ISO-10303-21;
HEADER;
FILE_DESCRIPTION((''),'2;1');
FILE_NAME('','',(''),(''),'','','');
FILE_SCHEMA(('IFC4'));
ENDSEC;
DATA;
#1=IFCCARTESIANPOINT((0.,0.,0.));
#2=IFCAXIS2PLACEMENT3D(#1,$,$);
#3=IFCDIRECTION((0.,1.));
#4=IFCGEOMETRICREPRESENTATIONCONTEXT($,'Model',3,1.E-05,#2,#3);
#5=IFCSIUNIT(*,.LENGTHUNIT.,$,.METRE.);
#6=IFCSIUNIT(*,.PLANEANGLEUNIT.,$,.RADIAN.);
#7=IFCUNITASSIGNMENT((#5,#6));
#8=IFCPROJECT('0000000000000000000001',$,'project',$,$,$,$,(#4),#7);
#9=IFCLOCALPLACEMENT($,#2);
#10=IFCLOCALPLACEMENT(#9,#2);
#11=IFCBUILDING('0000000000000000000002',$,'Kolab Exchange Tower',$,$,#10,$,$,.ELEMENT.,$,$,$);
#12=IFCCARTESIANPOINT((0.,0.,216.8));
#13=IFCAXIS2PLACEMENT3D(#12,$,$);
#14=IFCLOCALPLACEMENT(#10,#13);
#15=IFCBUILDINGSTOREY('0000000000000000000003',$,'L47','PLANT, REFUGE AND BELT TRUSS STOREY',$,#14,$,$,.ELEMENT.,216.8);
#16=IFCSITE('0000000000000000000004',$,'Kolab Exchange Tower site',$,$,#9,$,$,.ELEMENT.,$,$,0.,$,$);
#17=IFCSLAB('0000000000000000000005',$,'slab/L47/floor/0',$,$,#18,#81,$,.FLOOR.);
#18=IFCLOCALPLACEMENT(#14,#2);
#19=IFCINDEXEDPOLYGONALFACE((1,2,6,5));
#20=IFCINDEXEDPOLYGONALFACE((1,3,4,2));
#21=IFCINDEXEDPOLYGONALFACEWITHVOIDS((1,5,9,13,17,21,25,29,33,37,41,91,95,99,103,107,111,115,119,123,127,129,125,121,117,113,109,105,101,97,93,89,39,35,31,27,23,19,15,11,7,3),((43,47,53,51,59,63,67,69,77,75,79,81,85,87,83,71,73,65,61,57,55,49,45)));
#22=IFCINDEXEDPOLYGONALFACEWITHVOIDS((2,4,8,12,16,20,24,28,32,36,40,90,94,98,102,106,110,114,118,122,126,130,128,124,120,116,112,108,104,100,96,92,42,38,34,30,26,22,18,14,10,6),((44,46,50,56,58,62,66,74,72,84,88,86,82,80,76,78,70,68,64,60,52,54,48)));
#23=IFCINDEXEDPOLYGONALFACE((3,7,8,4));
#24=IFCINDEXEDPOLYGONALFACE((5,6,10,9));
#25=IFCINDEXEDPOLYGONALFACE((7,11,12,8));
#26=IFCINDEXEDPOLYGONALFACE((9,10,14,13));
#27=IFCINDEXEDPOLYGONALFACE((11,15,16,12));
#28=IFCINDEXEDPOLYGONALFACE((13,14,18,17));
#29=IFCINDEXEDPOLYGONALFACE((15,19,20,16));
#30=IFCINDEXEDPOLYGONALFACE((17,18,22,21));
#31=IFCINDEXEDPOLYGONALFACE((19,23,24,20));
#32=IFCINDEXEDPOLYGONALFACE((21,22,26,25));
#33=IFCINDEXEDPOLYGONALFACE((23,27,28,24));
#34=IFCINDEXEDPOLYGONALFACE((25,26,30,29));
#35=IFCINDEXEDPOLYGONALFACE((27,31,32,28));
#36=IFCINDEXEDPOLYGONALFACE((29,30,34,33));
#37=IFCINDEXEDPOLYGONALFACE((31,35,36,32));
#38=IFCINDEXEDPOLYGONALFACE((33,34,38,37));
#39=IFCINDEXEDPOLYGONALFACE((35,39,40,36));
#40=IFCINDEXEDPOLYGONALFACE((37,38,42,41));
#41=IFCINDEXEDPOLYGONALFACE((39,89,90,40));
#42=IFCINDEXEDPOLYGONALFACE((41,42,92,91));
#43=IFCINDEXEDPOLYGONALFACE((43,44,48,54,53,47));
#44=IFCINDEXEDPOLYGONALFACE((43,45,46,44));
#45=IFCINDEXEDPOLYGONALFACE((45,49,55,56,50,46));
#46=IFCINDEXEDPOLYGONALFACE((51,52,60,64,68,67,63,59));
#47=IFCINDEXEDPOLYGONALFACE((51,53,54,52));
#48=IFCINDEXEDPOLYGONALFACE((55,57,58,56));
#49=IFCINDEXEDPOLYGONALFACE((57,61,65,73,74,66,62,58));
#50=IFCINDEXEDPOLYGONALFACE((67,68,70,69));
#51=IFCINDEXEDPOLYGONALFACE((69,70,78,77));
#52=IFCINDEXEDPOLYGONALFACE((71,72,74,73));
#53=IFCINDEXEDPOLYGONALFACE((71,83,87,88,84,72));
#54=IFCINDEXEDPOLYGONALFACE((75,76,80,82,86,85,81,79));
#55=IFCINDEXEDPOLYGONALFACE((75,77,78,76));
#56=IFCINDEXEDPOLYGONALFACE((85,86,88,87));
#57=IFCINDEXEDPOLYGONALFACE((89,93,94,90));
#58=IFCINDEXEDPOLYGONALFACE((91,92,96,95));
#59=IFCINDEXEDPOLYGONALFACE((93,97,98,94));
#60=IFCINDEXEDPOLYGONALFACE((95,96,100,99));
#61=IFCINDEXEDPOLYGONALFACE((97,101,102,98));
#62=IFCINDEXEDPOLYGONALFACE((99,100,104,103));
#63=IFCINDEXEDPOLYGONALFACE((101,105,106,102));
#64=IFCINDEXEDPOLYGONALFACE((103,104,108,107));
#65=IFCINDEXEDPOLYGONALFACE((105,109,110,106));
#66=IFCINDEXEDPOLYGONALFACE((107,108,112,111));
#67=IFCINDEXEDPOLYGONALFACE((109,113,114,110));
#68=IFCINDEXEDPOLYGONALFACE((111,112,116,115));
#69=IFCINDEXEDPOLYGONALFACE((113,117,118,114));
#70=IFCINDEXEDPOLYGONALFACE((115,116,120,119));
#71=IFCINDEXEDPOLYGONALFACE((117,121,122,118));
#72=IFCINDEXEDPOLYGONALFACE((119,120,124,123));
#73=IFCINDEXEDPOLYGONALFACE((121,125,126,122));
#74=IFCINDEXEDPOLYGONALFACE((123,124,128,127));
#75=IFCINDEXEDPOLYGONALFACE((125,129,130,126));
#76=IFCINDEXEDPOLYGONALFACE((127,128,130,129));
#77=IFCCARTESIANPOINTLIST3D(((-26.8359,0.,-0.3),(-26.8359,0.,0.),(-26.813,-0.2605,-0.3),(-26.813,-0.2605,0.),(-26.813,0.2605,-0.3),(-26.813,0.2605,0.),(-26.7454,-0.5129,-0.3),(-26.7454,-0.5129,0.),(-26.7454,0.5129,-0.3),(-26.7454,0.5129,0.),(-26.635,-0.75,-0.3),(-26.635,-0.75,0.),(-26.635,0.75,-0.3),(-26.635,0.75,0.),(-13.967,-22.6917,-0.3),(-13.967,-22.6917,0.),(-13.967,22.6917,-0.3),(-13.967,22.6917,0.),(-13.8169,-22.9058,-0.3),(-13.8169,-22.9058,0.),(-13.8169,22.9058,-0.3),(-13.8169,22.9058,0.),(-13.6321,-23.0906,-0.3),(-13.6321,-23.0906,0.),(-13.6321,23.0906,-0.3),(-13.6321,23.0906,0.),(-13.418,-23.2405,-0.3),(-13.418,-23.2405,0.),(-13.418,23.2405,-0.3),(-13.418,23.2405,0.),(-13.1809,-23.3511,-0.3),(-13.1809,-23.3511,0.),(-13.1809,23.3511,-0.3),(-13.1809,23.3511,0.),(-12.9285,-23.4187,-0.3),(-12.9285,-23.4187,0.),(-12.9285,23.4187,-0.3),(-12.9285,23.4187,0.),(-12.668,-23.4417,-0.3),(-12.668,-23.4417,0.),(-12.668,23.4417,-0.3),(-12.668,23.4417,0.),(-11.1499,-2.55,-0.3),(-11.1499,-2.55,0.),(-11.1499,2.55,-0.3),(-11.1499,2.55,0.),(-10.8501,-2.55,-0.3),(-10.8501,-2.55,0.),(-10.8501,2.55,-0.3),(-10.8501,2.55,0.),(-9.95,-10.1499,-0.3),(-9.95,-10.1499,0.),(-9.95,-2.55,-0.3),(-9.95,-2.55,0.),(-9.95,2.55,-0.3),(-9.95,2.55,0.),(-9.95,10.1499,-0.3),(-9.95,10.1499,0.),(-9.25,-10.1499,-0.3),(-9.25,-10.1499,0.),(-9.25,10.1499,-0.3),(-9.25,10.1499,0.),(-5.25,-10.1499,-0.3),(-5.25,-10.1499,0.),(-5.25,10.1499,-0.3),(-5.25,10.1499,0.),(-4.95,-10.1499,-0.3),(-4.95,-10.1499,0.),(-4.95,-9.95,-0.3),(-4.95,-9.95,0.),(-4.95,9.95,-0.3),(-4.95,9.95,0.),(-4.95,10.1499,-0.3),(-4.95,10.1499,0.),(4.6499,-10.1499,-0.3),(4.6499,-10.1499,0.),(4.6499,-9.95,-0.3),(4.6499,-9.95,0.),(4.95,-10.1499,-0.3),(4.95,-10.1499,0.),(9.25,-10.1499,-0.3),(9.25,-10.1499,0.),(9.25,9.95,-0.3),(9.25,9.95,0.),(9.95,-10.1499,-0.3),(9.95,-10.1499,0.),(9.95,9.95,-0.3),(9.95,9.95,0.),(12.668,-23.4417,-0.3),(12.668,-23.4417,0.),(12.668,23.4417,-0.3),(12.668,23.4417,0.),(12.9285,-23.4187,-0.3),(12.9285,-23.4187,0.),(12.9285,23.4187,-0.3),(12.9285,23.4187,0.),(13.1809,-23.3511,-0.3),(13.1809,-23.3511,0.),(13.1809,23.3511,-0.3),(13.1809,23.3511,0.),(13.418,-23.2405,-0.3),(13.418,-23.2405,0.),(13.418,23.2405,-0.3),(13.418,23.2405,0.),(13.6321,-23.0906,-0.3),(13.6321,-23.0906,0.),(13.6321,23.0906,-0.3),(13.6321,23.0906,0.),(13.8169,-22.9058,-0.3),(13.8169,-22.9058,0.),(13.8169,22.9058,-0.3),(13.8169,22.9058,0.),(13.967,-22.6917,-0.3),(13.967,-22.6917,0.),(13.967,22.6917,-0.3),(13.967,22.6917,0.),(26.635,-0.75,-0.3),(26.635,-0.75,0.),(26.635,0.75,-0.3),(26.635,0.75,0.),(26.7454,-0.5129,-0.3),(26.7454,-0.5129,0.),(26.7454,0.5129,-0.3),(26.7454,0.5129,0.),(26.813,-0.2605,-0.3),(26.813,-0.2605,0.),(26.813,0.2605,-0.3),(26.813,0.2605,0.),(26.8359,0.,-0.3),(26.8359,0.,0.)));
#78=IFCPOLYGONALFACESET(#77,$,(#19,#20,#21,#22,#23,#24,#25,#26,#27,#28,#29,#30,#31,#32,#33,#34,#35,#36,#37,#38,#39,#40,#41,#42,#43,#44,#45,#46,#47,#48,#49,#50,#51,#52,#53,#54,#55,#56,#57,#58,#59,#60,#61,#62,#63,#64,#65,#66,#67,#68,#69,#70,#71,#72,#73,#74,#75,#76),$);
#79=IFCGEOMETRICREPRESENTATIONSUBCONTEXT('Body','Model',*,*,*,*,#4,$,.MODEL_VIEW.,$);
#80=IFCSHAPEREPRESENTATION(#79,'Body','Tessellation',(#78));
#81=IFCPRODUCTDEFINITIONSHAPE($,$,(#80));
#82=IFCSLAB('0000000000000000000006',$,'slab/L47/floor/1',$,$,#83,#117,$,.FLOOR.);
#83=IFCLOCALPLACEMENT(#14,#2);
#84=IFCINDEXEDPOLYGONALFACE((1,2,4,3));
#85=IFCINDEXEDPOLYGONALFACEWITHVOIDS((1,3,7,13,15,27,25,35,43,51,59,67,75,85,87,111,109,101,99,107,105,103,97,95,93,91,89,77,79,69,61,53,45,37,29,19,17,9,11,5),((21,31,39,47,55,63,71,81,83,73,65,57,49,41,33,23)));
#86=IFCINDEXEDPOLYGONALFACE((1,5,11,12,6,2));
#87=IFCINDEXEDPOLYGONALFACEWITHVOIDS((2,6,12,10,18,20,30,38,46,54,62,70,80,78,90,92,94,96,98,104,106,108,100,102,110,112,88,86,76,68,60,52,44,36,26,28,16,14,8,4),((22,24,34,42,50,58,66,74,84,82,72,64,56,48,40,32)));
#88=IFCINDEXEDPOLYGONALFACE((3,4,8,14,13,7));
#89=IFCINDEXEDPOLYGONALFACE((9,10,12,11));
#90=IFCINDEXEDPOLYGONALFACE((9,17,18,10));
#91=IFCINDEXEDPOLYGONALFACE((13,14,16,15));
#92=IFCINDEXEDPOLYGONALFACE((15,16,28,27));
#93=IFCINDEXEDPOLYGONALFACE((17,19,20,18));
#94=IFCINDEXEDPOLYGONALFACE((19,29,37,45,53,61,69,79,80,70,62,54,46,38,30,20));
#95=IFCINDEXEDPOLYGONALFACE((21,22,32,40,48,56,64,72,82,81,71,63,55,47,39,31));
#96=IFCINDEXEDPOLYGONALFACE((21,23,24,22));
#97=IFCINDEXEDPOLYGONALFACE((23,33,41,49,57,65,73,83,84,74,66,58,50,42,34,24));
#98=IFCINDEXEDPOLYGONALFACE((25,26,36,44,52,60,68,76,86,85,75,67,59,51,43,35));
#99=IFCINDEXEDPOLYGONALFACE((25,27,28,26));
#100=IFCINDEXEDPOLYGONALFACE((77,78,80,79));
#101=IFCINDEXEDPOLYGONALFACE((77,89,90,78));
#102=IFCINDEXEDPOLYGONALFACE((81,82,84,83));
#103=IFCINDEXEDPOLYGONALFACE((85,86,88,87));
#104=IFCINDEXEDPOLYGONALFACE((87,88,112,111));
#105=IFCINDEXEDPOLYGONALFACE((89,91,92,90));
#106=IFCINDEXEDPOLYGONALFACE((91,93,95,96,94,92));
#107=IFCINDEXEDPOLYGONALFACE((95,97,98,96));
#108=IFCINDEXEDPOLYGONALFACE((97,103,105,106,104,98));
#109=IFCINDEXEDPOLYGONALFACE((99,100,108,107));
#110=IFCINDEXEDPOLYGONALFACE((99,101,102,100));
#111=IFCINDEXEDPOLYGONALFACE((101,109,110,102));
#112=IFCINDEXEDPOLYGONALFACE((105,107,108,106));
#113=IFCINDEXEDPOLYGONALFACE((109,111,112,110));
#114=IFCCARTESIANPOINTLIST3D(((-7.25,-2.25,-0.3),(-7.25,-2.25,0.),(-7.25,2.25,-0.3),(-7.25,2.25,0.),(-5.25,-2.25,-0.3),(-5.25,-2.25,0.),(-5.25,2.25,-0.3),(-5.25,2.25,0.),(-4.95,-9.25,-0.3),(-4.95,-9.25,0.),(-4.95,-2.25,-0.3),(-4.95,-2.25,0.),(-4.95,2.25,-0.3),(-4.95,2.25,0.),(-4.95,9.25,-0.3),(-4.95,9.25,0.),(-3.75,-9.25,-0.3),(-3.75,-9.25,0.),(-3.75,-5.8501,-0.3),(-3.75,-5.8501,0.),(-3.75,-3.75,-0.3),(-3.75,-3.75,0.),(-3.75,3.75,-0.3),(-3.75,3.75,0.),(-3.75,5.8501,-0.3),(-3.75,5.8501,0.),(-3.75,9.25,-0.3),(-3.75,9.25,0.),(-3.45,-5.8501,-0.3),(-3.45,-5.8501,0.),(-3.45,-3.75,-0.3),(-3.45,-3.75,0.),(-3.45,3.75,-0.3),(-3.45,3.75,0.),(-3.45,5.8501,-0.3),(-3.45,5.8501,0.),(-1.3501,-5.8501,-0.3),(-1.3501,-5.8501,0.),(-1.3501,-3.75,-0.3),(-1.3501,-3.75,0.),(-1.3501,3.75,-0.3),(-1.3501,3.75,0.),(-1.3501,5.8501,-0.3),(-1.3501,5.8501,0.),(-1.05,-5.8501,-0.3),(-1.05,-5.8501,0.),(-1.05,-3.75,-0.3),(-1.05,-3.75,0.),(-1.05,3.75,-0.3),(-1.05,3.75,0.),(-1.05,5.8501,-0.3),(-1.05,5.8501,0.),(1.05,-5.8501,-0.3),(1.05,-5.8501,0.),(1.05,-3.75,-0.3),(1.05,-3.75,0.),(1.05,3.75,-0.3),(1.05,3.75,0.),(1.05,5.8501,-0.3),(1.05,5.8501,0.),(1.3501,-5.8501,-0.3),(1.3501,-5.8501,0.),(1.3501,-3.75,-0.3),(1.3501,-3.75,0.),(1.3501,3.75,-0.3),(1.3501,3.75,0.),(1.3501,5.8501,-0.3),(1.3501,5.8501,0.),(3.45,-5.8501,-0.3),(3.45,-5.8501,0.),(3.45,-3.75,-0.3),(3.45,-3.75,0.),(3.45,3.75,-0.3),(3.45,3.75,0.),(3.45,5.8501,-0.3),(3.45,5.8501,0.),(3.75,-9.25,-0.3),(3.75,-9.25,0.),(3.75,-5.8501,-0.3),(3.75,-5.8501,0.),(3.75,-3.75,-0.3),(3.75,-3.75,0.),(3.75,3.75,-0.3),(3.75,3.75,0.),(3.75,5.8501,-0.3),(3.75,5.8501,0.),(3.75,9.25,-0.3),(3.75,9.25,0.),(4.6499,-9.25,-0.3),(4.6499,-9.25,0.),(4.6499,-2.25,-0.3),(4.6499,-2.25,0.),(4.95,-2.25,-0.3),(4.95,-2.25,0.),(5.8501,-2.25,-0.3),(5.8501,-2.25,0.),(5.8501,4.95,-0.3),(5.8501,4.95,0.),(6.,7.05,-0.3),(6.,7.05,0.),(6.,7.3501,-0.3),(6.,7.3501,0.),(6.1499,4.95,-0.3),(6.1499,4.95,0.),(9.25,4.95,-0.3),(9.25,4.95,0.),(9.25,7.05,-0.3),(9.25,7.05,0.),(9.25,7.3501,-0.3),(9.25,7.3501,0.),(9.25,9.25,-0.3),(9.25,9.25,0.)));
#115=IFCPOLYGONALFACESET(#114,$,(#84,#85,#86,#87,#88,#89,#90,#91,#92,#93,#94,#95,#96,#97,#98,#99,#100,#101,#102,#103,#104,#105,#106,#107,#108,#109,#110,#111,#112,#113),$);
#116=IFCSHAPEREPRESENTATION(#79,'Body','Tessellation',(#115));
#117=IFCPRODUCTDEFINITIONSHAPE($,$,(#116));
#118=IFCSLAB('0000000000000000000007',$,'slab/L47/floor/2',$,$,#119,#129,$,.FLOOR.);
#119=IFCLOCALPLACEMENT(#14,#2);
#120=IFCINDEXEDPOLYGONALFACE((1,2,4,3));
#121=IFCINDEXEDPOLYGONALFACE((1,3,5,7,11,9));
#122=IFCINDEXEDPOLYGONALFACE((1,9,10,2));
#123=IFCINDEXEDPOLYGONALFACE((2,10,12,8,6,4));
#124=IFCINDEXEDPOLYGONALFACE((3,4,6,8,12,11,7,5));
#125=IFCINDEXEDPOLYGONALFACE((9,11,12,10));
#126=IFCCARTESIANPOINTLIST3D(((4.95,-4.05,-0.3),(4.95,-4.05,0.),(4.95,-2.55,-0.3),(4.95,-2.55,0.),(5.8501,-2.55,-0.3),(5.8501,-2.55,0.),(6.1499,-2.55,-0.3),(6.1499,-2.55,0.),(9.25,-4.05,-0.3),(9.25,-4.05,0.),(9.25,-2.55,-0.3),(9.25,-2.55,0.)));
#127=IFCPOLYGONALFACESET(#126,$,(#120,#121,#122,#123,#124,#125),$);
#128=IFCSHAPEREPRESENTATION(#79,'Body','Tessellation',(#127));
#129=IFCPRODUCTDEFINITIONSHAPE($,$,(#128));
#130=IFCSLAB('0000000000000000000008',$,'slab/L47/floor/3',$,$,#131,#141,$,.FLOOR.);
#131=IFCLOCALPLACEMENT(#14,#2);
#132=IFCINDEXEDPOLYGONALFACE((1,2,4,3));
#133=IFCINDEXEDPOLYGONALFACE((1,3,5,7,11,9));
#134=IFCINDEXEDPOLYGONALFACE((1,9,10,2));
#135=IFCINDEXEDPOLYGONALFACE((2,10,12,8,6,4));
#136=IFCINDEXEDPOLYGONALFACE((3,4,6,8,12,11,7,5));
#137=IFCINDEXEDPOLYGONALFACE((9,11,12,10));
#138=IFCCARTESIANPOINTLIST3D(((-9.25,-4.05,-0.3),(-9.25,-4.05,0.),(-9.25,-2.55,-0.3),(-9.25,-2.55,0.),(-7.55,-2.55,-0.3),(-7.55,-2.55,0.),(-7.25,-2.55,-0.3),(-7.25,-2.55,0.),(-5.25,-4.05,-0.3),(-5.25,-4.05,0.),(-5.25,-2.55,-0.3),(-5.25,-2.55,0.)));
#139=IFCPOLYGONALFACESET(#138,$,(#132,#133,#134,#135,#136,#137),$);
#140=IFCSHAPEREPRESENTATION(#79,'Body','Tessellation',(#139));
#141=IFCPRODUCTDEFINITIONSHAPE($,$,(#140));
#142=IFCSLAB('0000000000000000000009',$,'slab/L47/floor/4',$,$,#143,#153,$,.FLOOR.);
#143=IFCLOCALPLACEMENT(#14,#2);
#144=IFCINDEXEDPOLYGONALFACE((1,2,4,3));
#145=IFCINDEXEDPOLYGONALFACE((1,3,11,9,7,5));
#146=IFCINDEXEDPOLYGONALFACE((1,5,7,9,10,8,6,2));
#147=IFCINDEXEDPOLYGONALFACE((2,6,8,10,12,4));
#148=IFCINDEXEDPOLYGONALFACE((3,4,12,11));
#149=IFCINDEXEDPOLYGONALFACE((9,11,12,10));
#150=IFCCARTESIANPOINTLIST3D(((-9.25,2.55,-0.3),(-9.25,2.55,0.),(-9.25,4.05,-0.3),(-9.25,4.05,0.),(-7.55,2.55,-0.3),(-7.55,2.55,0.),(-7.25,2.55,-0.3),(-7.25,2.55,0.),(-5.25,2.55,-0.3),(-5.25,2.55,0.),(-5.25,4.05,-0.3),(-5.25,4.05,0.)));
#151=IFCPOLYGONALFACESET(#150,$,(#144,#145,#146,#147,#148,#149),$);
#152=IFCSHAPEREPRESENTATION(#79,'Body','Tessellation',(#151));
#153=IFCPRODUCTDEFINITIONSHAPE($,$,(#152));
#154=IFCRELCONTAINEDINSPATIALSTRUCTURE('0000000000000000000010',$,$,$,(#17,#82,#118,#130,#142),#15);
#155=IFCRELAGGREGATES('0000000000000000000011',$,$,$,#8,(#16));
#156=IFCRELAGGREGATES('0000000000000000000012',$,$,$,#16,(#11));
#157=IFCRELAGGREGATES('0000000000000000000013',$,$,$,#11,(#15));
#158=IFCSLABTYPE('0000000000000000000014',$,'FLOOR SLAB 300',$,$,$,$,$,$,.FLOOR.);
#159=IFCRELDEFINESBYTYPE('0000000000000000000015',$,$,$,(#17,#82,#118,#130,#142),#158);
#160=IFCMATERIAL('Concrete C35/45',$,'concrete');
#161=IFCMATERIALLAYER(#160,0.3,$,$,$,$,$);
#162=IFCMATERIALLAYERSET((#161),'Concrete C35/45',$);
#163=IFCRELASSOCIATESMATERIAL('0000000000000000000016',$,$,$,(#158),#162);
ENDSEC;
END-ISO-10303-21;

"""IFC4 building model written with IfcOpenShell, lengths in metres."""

from ifc_helpers import new_model, si_unit, direction, frame, origin, place, context, subcontext, project, spatial, polyline, outline, extrude, material, layer, layer_set, type_object, element, save


model = new_model("IFC4")

# Units and contexts
model_context = context("Model", 3, precision=1e-05, world=origin(), true_north=direction((0.0, 1.0)))
body_context = subcontext(model_context, "Body", "Model", "MODEL_VIEW")
ifc_project = project(units=[si_unit("LENGTHUNIT", "METRE"), si_unit("PLANEANGLEUNIT", "RADIAN")], contexts=[model_context])

# Site, building, storey
site_placement = place(None, origin())
site = spatial("IfcSite", under=ifc_project, at=site_placement, Name="Kolab Exchange Tower site", CompositionType="ELEMENT", RefElevation=0.0)
building_placement = place(site_placement, origin())
building = spatial("IfcBuilding", under=site, at=building_placement, Name="Kolab Exchange Tower", CompositionType="ELEMENT")
storey_placement = place(building_placement, frame((0.0, 0.0, 216.8)))
storey = spatial("IfcBuildingStorey", under=building, at=storey_placement, Name="L47", Description="PLANT, REFUGE AND BELT TRUSS STOREY", CompositionType="ELEMENT", Elevation=216.8)

# Slabs
ifc_material_1 = material(Name="Concrete C35/45", Category="concrete")
ifc_layer_1 = layer(ifc_material_1, 0.3)
ifc_layer_set_1 = layer_set([ifc_layer_1], Name="Concrete C35/45")
slab_type_1 = type_object("IfcSlabType", Name="FLOOR SLAB 300", PredefinedType="FLOOR", material=ifc_layer_set_1)
slab_1_placement = place(storey_placement, frame((0.0, 0.0, -0.3)))
element("IfcSlab", 1, at=slab_1_placement, inside=storey, type_object=slab_type_1, Name="slab/L47/floor/0", PredefinedType="FLOOR", context=body_context, shape_type="SweptSolid", body=[
    extrude(outline(polyline([(13.967, -22.6917), (26.635, -0.75), (26.7454, -0.5129), (26.813, -0.2605), (26.8359, 0.0), (26.813, 0.2605), (26.7454, 0.5129), (26.635, 0.75), (13.967, 22.6917), (13.8169, 22.9058), (13.6321, 23.0906), (13.418, 23.2405), (13.1809, 23.3511), (12.9285, 23.4187), (12.668, 23.4417), (-12.668, 23.4417), (-12.9285, 23.4187), (-13.1809, 23.3511), (-13.418, 23.2405), (-13.6321, 23.0906), (-13.8169, 22.9058), (-13.967, 22.6917), (-26.635, 0.75), (-26.7454, 0.5129), (-26.813, 0.2605), (-26.8359, 0.0), (-26.813, -0.2605), (-26.7454, -0.5129), (-26.635, -0.75), (-13.967, -22.6917), (-13.8169, -22.9058), (-13.6321, -23.0906), (-13.418, -23.2405), (-13.1809, -23.3511), (-12.9285, -23.4187), (-12.668, -23.4417), (12.668, -23.4417), (12.9285, -23.4187), (13.1809, -23.3511), (13.418, -23.2405), (13.6321, -23.0906), (13.8169, -22.9058), (13.967, -22.6917)]), holes=[polyline([(-9.25, -10.1499), (-9.95, -10.1499), (-9.95, -2.55), (-10.8501, -2.55), (-11.1499, -2.55), (-11.1499, 2.55), (-10.8501, 2.55), (-9.95, 2.55), (-9.95, 10.1499), (-9.25, 10.1499), (-5.25, 10.1499), (-4.95, 10.1499), (-4.95, 9.95), (9.25, 9.95), (9.95, 9.95), (9.95, -10.1499), (9.25, -10.1499), (4.95, -10.1499), (4.6499, -10.1499), (4.6499, -9.95), (-4.95, -9.95), (-4.95, -10.1499), (-5.25, -10.1499), (-9.25, -10.1499)])]), origin(), (0.0, 0.0, 1.0), 0.3),
])
slab_2_placement = place(storey_placement, frame((0.0, 0.0, -0.3)))
element("IfcSlab", 2, at=slab_2_placement, inside=storey, type_object=slab_type_1, Name="slab/L47/floor/1", PredefinedType="FLOOR", context=body_context, shape_type="SweptSolid", body=[
    extrude(outline(polyline([(-4.95, 9.25), (-4.95, 2.25), (-5.25, 2.25), (-7.25, 2.25), (-7.25, -2.25), (-5.25, -2.25), (-4.95, -2.25), (-4.95, -9.25), (-3.75, -9.25), (-3.75, -5.8501), (-3.45, -5.8501), (-1.3501, -5.8501), (-1.05, -5.8501), (1.05, -5.8501), (1.3501, -5.8501), (3.45, -5.8501), (3.75, -5.8501), (3.75, -9.25), (4.6499, -9.25), (4.6499, -2.25), (4.95, -2.25), (5.8501, -2.25), (5.8501, 4.95), (6.1499, 4.95), (9.25, 4.95), (9.25, 7.05), (6.0, 7.05), (6.0, 7.3501), (9.25, 7.3501), (9.25, 9.25), (3.75, 9.25), (3.75, 5.8501), (3.45, 5.8501), (1.3501, 5.8501), (1.05, 5.8501), (-1.05, 5.8501), (-1.3501, 5.8501), (-3.45, 5.8501), (-3.75, 5.8501), (-3.75, 9.25), (-4.95, 9.25)]), holes=[polyline([(-3.45, -3.75), (-3.75, -3.75), (-3.75, 3.75), (-3.45, 3.75), (-1.3501, 3.75), (-1.05, 3.75), (1.05, 3.75), (1.3501, 3.75), (3.45, 3.75), (3.75, 3.75), (3.75, -3.75), (3.45, -3.75), (1.3501, -3.75), (1.05, -3.75), (-1.05, -3.75), (-1.3501, -3.75), (-3.45, -3.75)])]), origin(), (0.0, 0.0, 1.0), 0.3),
])
slab_3_placement = place(storey_placement, frame((0.0, 0.0, -0.3)))
element("IfcSlab", 3, at=slab_3_placement, inside=storey, type_object=slab_type_1, Name="slab/L47/floor/2", PredefinedType="FLOOR", context=body_context, shape_type="SweptSolid", body=[
    extrude(outline(polyline([(4.95, -4.05), (9.25, -4.05), (9.25, -2.55), (6.1499, -2.55), (5.8501, -2.55), (4.95, -2.55), (4.95, -4.05)])), origin(), (0.0, 0.0, 1.0), 0.3),
])
slab_4_placement = place(storey_placement, frame((0.0, 0.0, -0.3)))
element("IfcSlab", 4, at=slab_4_placement, inside=storey, type_object=slab_type_1, Name="slab/L47/floor/3", PredefinedType="FLOOR", context=body_context, shape_type="SweptSolid", body=[
    extrude(outline(polyline([(-7.55, -2.55), (-9.25, -2.55), (-9.25, -4.05), (-5.25, -4.05), (-5.25, -2.55), (-7.25, -2.55), (-7.55, -2.55)])), origin(), (0.0, 0.0, 1.0), 0.3),
])
slab_5_placement = place(storey_placement, frame((0.0, 0.0, -0.3)))
element("IfcSlab", 5, at=slab_5_placement, inside=storey, type_object=slab_type_1, Name="slab/L47/floor/4", PredefinedType="FLOOR", context=body_context, shape_type="SweptSolid", body=[
    extrude(outline(polyline([(-9.25, 2.55), (-7.55, 2.55), (-7.25, 2.55), (-5.25, 2.55), (-5.25, 4.05), (-9.25, 4.05), (-9.25, 2.55)])), origin(), (0.0, 0.0, 1.0), 0.3),
])

save(model, "model.ifc")
